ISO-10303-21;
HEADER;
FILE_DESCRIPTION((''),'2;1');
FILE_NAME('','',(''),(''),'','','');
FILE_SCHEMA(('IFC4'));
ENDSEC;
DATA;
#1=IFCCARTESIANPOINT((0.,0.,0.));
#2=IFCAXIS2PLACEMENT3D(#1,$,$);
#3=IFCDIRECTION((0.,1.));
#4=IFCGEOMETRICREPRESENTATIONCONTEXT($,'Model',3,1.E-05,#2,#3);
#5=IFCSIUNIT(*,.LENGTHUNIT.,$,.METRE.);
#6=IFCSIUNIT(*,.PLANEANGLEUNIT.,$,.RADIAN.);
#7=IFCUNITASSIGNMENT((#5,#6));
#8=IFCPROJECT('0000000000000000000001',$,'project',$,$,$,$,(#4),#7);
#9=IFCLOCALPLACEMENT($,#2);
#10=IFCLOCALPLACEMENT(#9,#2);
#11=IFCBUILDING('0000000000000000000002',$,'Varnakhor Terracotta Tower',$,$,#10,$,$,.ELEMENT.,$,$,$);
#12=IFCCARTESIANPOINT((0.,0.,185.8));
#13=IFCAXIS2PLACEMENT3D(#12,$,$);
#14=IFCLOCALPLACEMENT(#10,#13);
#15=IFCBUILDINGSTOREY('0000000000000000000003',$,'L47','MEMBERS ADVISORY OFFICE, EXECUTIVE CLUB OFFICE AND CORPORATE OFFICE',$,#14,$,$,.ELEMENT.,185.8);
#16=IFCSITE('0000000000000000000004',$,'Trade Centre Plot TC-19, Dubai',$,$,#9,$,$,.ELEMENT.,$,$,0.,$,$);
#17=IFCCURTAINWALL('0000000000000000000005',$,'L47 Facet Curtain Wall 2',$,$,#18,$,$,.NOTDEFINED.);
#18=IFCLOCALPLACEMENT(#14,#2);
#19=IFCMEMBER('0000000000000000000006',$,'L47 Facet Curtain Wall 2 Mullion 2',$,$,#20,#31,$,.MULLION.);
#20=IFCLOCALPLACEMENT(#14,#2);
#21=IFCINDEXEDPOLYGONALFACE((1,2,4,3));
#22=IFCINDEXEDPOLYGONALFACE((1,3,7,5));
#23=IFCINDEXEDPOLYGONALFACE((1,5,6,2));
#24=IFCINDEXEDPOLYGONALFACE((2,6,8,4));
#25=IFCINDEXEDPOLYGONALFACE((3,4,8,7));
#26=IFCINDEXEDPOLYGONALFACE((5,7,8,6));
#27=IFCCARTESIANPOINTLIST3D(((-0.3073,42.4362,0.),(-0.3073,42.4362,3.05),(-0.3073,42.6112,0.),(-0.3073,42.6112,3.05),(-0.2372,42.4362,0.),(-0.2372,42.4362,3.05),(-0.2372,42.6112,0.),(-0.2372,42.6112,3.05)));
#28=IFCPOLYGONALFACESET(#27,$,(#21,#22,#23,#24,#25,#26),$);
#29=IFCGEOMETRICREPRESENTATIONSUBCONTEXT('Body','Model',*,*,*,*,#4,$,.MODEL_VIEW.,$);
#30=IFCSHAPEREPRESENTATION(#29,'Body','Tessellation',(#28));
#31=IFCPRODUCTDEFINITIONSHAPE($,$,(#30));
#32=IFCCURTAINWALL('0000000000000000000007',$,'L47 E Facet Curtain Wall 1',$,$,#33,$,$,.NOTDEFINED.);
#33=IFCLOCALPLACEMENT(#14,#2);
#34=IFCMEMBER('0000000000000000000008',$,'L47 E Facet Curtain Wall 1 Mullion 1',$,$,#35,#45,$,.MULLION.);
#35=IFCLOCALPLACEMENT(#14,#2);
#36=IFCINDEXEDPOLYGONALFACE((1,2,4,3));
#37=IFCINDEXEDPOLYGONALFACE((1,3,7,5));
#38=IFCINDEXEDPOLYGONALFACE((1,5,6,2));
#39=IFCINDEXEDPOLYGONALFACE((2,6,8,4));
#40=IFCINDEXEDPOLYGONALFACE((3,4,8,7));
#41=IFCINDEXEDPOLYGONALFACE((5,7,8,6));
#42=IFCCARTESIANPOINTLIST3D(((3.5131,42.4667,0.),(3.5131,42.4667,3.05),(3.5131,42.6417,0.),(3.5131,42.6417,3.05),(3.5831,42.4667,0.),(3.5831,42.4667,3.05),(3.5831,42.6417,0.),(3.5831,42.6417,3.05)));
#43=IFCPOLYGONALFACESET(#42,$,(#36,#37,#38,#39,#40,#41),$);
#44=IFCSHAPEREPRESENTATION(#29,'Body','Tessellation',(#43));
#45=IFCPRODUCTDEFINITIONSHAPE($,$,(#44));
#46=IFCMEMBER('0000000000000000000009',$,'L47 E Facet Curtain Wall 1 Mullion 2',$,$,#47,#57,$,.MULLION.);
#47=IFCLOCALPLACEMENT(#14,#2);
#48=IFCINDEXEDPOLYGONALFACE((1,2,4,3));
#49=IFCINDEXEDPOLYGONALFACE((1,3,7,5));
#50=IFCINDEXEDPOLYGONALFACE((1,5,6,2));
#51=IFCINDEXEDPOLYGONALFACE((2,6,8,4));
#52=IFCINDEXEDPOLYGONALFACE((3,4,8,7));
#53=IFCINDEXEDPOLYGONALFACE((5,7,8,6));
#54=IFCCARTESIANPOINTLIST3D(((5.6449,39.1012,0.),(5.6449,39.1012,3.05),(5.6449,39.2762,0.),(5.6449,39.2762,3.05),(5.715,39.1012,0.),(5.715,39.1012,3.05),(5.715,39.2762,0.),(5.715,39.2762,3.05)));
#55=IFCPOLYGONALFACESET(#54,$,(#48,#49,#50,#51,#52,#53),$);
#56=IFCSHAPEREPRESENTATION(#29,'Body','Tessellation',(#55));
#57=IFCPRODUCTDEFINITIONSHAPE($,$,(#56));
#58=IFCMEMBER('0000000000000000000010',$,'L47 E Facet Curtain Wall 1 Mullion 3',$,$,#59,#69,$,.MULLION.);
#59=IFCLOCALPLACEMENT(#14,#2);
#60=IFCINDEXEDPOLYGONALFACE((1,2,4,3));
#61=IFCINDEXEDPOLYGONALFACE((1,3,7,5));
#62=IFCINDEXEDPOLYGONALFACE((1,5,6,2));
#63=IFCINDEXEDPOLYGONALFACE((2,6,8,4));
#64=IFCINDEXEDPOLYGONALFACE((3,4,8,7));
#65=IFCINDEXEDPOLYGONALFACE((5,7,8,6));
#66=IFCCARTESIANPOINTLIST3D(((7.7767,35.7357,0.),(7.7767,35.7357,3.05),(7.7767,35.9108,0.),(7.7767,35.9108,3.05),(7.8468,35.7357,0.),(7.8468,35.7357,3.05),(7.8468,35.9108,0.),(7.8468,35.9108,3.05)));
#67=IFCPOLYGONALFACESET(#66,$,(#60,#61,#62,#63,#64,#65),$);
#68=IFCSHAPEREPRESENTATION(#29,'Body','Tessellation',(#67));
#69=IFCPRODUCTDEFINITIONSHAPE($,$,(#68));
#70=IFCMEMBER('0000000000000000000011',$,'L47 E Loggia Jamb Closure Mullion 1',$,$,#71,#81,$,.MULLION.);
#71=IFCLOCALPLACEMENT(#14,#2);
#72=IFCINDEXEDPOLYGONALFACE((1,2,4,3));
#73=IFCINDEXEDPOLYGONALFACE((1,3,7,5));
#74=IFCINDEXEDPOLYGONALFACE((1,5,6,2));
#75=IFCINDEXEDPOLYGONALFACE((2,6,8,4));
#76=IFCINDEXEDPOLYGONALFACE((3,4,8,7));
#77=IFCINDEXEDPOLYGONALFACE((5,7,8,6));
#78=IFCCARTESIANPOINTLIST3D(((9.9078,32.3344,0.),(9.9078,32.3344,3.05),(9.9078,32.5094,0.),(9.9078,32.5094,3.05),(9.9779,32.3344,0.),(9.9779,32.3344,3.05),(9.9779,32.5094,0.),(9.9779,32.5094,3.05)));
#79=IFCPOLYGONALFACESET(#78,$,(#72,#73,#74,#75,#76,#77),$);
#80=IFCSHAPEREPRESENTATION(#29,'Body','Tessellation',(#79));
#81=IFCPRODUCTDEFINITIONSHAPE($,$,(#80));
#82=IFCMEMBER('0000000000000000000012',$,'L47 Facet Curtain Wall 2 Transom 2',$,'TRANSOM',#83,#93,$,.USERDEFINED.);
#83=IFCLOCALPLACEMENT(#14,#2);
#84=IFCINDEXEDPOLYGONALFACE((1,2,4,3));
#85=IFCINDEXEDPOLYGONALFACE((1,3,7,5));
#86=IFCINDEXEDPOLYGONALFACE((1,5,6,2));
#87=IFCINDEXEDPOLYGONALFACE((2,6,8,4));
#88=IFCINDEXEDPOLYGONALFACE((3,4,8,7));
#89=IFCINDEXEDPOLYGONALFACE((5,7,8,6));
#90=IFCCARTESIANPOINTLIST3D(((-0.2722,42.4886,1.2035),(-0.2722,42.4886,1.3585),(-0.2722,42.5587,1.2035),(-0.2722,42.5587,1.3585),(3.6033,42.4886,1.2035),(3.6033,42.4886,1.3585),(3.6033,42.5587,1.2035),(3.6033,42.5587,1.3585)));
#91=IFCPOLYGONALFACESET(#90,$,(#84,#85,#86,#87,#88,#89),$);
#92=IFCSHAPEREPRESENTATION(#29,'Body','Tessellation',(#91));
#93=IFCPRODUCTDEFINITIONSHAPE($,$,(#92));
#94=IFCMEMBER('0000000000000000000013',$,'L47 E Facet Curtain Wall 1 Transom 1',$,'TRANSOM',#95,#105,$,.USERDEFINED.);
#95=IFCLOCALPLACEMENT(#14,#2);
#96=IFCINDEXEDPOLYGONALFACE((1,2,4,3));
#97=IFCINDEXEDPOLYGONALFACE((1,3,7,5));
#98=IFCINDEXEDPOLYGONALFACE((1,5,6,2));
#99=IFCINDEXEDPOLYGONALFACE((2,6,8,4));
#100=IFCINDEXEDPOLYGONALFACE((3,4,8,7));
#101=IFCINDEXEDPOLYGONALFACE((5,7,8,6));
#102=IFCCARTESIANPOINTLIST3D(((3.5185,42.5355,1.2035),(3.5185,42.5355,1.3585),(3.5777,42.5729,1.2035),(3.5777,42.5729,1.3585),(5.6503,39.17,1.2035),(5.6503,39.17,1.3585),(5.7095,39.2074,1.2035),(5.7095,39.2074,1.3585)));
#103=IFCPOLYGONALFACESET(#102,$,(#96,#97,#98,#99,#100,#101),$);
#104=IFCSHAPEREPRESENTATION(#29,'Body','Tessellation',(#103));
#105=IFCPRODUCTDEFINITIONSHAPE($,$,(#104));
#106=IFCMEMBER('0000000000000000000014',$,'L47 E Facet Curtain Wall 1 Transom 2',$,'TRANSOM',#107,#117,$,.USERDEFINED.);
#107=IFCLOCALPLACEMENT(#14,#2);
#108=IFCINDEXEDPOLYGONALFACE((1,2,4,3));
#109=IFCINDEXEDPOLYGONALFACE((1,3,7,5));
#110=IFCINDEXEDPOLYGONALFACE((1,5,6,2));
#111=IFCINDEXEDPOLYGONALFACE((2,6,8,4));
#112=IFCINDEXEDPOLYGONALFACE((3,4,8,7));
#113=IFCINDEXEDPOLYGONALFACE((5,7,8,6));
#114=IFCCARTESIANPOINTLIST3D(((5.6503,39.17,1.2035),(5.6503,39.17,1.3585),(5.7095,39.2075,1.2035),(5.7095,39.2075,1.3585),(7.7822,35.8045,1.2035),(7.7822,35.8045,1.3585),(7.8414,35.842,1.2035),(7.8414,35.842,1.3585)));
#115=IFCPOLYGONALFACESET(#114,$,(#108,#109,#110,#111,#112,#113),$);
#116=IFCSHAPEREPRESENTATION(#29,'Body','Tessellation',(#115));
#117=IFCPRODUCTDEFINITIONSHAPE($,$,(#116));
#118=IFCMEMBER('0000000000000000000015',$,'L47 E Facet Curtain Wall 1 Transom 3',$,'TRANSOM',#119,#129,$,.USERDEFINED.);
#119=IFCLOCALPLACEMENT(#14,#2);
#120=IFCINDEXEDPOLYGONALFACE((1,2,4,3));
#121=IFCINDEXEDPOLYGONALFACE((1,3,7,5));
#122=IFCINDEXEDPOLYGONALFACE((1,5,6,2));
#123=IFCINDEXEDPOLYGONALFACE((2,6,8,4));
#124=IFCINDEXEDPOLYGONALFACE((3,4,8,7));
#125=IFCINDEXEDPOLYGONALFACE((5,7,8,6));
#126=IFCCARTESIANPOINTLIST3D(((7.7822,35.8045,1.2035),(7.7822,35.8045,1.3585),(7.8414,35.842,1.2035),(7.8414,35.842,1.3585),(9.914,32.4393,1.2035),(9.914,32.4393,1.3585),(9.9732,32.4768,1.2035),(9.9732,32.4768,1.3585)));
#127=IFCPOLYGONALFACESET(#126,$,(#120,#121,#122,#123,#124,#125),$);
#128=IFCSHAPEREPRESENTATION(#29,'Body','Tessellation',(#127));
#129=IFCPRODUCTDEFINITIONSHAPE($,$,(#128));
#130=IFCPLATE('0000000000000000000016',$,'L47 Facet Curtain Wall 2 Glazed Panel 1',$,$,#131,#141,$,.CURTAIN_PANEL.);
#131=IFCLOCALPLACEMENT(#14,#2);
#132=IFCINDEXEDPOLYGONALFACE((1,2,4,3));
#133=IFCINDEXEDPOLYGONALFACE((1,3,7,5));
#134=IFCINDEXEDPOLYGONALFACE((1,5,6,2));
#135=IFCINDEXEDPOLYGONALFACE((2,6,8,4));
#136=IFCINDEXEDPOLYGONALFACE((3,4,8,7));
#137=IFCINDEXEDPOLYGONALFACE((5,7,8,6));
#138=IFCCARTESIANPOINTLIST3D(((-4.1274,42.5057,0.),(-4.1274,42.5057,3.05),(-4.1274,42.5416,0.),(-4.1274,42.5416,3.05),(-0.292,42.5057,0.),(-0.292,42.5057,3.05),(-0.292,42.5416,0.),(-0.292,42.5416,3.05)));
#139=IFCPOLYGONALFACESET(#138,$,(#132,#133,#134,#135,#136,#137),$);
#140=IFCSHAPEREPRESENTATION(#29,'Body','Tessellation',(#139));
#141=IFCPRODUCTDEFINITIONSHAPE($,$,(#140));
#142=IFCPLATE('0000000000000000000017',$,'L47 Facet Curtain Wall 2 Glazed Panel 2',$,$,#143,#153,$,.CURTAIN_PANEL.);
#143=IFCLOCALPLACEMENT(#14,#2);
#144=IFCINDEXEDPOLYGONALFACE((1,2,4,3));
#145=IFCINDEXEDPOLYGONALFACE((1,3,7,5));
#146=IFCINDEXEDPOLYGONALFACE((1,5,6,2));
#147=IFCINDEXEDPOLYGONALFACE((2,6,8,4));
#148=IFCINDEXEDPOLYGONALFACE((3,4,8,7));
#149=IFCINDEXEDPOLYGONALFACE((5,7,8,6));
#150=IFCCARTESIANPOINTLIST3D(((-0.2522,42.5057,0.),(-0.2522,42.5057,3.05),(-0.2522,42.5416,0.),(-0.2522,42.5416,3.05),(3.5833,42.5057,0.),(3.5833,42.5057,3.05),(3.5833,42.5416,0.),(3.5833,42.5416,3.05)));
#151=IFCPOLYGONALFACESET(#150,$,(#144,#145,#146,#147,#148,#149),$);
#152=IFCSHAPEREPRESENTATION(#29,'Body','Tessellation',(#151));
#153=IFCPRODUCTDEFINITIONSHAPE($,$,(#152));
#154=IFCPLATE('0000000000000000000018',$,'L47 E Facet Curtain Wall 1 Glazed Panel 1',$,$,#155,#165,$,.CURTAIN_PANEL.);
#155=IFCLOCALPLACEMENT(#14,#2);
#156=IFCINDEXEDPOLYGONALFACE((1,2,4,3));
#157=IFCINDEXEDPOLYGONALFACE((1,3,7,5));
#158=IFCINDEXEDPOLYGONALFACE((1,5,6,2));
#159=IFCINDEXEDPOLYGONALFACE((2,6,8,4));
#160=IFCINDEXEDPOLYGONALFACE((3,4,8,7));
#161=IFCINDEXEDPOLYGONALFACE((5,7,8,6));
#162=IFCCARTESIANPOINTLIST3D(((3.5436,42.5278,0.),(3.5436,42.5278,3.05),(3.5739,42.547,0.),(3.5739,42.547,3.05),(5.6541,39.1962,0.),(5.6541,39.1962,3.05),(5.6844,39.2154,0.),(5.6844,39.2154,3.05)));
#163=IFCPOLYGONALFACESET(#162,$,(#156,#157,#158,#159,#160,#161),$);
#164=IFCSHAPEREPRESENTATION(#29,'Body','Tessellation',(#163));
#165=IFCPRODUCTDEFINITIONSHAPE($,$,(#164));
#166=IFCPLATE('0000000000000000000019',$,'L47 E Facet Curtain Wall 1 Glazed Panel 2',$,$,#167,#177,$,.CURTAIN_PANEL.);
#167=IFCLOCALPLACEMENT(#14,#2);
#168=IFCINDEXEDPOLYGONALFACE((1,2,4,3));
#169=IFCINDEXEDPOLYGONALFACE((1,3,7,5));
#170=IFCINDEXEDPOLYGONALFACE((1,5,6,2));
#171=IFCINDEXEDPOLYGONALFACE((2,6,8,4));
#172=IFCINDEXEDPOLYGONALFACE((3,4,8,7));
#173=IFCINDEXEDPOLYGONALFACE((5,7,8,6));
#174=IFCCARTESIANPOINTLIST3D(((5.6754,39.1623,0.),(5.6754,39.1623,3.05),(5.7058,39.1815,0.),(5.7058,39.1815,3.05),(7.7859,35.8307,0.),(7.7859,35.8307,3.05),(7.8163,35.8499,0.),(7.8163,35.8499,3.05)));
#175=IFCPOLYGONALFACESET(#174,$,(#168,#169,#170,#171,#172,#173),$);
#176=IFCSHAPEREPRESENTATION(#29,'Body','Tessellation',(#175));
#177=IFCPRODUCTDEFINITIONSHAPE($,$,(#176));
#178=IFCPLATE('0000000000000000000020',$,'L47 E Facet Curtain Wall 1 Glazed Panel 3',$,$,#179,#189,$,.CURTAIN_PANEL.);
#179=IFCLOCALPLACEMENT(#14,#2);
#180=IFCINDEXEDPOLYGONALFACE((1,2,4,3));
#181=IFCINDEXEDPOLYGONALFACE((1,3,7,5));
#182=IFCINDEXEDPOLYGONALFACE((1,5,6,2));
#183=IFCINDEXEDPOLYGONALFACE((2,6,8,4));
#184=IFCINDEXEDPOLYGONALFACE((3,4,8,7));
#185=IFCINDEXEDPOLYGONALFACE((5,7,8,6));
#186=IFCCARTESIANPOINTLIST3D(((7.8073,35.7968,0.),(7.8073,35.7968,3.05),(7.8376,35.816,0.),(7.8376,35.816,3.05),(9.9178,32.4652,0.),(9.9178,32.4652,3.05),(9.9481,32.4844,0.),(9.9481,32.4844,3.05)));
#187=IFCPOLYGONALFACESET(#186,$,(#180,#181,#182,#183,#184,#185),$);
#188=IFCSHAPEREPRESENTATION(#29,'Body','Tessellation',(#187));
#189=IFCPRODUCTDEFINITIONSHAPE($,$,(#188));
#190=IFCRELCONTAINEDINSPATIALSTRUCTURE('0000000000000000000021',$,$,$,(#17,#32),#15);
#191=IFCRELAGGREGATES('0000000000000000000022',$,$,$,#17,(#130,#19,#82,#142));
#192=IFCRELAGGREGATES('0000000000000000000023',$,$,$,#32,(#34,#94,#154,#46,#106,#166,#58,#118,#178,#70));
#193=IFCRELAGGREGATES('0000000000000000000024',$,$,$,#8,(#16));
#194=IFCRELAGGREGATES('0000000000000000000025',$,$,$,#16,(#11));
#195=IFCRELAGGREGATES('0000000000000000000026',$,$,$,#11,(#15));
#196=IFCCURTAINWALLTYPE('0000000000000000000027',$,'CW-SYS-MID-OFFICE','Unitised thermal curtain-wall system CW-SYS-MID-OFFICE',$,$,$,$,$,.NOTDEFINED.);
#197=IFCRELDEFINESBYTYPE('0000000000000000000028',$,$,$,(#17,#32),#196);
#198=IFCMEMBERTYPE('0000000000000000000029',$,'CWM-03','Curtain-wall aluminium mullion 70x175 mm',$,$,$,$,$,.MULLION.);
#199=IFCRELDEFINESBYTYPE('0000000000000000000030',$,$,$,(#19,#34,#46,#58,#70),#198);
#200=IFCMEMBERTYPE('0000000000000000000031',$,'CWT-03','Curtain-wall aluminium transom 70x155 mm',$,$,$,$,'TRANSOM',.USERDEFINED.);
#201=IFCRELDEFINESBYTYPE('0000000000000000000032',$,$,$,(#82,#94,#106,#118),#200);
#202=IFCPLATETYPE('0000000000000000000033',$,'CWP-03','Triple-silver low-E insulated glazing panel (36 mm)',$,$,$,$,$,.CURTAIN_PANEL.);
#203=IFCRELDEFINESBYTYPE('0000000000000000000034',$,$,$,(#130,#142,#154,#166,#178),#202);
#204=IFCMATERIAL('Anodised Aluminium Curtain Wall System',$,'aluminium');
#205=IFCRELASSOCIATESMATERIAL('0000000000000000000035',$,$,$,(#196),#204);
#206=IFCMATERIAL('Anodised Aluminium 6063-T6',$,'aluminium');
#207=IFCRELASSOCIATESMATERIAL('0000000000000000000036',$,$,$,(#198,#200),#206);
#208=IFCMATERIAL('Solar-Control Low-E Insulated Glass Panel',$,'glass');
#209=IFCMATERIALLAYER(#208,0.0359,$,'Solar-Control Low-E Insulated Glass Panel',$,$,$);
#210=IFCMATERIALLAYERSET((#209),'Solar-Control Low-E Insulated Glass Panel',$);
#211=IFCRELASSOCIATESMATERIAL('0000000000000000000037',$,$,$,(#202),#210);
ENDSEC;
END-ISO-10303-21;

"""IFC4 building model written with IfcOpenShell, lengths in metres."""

from ifc_helpers import new_model, si_unit, direction, frame, origin, origin_2d, place, context, subcontext, project, spatial, rectangle, extrude, source, transform, mapped, material, layer, layer_set, material_profile, profile_set, type_object, element, aggregate, save


model = new_model("IFC4")

# Units and contexts
model_context = context("Model", 3, precision=1e-05, world=origin(), true_north=direction((0.0, 1.0)))
body_context = subcontext(model_context, "Body", "Model", "MODEL_VIEW")
ifc_project = project(units=[si_unit("LENGTHUNIT", "METRE"), si_unit("PLANEANGLEUNIT", "RADIAN")], contexts=[model_context])

# Site, building, storey
site_placement = place(None, origin())
site = spatial("IfcSite", under=ifc_project, at=site_placement, Name="Trade Centre Plot TC-19, Dubai", CompositionType="ELEMENT", RefElevation=0.0)
building_placement = place(site_placement, origin())
building = spatial("IfcBuilding", under=site, at=building_placement, Name="Varnakhor Terracotta Tower", CompositionType="ELEMENT")
storey_placement = place(building_placement, frame((0.0, 0.0, 185.8)))
storey = spatial("IfcBuildingStorey", under=building, at=storey_placement, Name="L47", Description="MEMBERS ADVISORY OFFICE, EXECUTIVE CLUB OFFICE AND CORPORATE OFFICE", CompositionType="ELEMENT", Elevation=185.8)

# Curtain wall, member
ifc_material_1 = material(Name="Anodised Aluminium Curtain Wall System", Category="aluminium")
curtain_wall_type = type_object("IfcCurtainWallType", Name="CW-SYS-MID-OFFICE", Description="Unitised thermal curtain-wall system CW-SYS-MID-OFFICE", PredefinedType="NOTDEFINED", material=ifc_material_1)
curtain_wall_1_placement = place(storey_placement, origin())
curtain_wall_1 = element("IfcCurtainWall", 1, at=curtain_wall_1_placement, inside=storey, type_object=curtain_wall_type, Name="L47 Facet Curtain Wall 2", PredefinedType="NOTDEFINED")
ifc_material_2 = material(Name="Anodised Aluminium 6063-T6", Category="aluminium")
ifc_material_profile_1 = material_profile(ifc_material_2, rectangle(XDim=0.0701, YDim=0.175, at=origin_2d()), Name="ALU MULLION 70x175")
ifc_profile_set_1 = profile_set([ifc_material_profile_1], Name="Anodised Aluminium 6063-T6")
member_type_1 = type_object("IfcMemberType", Name="CWM-03", Description="Curtain-wall aluminium mullion 70x175 mm", PredefinedType="MULLION", material=ifc_profile_set_1)
shared_shape_1 = source(origin(), body_context, "Body", "SweptSolid", [
    extrude(rectangle(XDim=0.0701, YDim=0.175, at=origin_2d()), origin(), (0.0, 0.0, 1.0), 3.05),
])
member_1_placement = place(storey_placement, frame((-0.2722, 42.5237, 0.0), z_axis=(0.0, 0.0, 1.0), x_axis=(1.0, 0.0, 0.0)))
member_1 = element("IfcMember", 2, at=member_1_placement, type_object=member_type_1, Name="L47 Facet Curtain Wall 2 Mullion 2", PredefinedType="MULLION", context=body_context, shape_type="MappedRepresentation", body=[
    mapped(shared_shape_1, transform((0.0, 0.0, 0.0), scale=1.0)),
])

# Curtain wall, members
curtain_wall_2_placement = place(storey_placement, origin())
curtain_wall_2 = element("IfcCurtainWall", 3, at=curtain_wall_2_placement, inside=storey, type_object=curtain_wall_type, Name="L47 E Facet Curtain Wall 1", PredefinedType="NOTDEFINED")
member_2_placement = place(storey_placement, frame((3.5481, 42.5542, 0.0), z_axis=(0.0, 0.0, 1.0), x_axis=(1.0, 0.0, 0.0)))
member_2 = element("IfcMember", 4, at=member_2_placement, type_object=member_type_1, Name="L47 E Facet Curtain Wall 1 Mullion 1", PredefinedType="MULLION", context=body_context, shape_type="MappedRepresentation", body=[
    mapped(shared_shape_1, transform((0.0, 0.0, 0.0), scale=1.0)),
])
member_3_placement = place(storey_placement, frame((5.6799, 39.1887, 0.0), z_axis=(0.0, 0.0, 1.0), x_axis=(1.0, 0.0, 0.0)))
member_3 = element("IfcMember", 5, at=member_3_placement, type_object=member_type_1, Name="L47 E Facet Curtain Wall 1 Mullion 2", PredefinedType="MULLION", context=body_context, shape_type="MappedRepresentation", body=[
    mapped(shared_shape_1, transform((0.0, 0.0, 0.0), scale=1.0)),
])
member_4_placement = place(storey_placement, frame((7.8118, 35.8232, 0.0), z_axis=(0.0, 0.0, 1.0), x_axis=(1.0, 0.0, 0.0)))
member_4 = element("IfcMember", 6, at=member_4_placement, type_object=member_type_1, Name="L47 E Facet Curtain Wall 1 Mullion 3", PredefinedType="MULLION", context=body_context, shape_type="MappedRepresentation", body=[
    mapped(shared_shape_1, transform((0.0, 0.0, 0.0), scale=1.0)),
])
member_5_placement = place(storey_placement, frame((9.9429, 32.4219, 0.0), z_axis=(0.0, 0.0, 1.0), x_axis=(1.0, 0.0, 0.0)))
member_5 = element("IfcMember", 7, at=member_5_placement, type_object=member_type_1, Name="L47 E Loggia Jamb Closure Mullion 1", PredefinedType="MULLION", context=body_context, shape_type="MappedRepresentation", body=[
    mapped(shared_shape_1, transform((0.0, 0.0, 0.0), scale=1.0)),
])

# Members
ifc_material_profile_2 = material_profile(ifc_material_2, rectangle(XDim=0.0701, YDim=0.155, at=origin_2d()), Name="ALU TRANSOM 70x155")
ifc_profile_set_2 = profile_set([ifc_material_profile_2], Name="Anodised Aluminium 6063-T6")
member_type_2 = type_object("IfcMemberType", Name="CWT-03", Description="Curtain-wall aluminium transom 70x155 mm", ElementType="TRANSOM", PredefinedType="USERDEFINED", material=ifc_profile_set_2)
shared_shape_2 = source(origin(), body_context, "Body", "SweptSolid", [
    extrude(rectangle(XDim=0.0701, YDim=0.155, at=origin_2d()), origin(), (0.0, 0.0, 1.0), 3.8755),
])
member_6_placement = place(storey_placement, frame((-0.2722, 42.5237, 1.281), z_axis=(1.0, 0.0, 0.0), x_axis=(0.0, 1.0, 0.0)))
member_6 = element("IfcMember", 8, at=member_6_placement, type_object=member_type_2, Name="L47 Facet Curtain Wall 2 Transom 2", ObjectType="TRANSOM", PredefinedType="USERDEFINED", context=body_context, shape_type="MappedRepresentation", body=[
    mapped(shared_shape_2, transform((0.0, 0.0, 0.0), scale=1.0)),
])
shared_shape_3 = source(origin(), body_context, "Body", "SweptSolid", [
    extrude(rectangle(XDim=0.0701, YDim=0.155, at=origin_2d()), origin(), (0.0, 0.0, 1.0), 3.9839),
])
member_7_placement = place(storey_placement, frame((3.5481, 42.5542, 1.281), z_axis=(0.535118, -0.844778, 0.0), x_axis=(0.844778, 0.535118, 0.0)))
member_7 = element("IfcMember", 9, at=member_7_placement, type_object=member_type_2, Name="L47 E Facet Curtain Wall 1 Transom 1", ObjectType="TRANSOM", PredefinedType="USERDEFINED", context=body_context, shape_type="MappedRepresentation", body=[
    mapped(shared_shape_3, transform((0.0, 0.0, 0.0), scale=1.0)),
])
member_8_placement = place(storey_placement, frame((5.6799, 39.1887, 1.281), z_axis=(0.535118, -0.844778, 0.0), x_axis=(0.844778, 0.535118, 0.0)))
member_8 = element("IfcMember", 10, at=member_8_placement, type_object=member_type_2, Name="L47 E Facet Curtain Wall 1 Transom 2", ObjectType="TRANSOM", PredefinedType="USERDEFINED", context=body_context, shape_type="MappedRepresentation", body=[
    mapped(shared_shape_3, transform((0.0, 0.0, 0.0), scale=1.0)),
])
shared_shape_4 = source(origin(), body_context, "Body", "SweptSolid", [
    extrude(rectangle(XDim=0.0701, YDim=0.155, at=origin_2d()), origin(), (0.0, 0.0, 1.0), 3.9836),
])
member_9_placement = place(storey_placement, frame((7.8118, 35.8232, 1.281), z_axis=(0.535145, -0.84476, 0.0), x_axis=(0.84476, 0.535145, 0.0)))
member_9 = element("IfcMember", 11, at=member_9_placement, type_object=member_type_2, Name="L47 E Facet Curtain Wall 1 Transom 3", ObjectType="TRANSOM", PredefinedType="USERDEFINED", context=body_context, shape_type="MappedRepresentation", body=[
    mapped(shared_shape_4, transform((0.0, 0.0, 0.0), scale=1.0)),
])

# Plates
ifc_material_3 = material(Name="Solar-Control Low-E Insulated Glass Panel", Category="glass")
ifc_layer_1 = layer(ifc_material_3, 0.0359, Name="Solar-Control Low-E Insulated Glass Panel")
ifc_layer_set_1 = layer_set([ifc_layer_1], Name="Solar-Control Low-E Insulated Glass Panel")
plate_type = type_object("IfcPlateType", Name="CWP-03", Description="Triple-silver low-E insulated glazing panel (36 mm)", PredefinedType="CURTAIN_PANEL", material=ifc_layer_set_1)
shared_shape_5 = source(origin(), body_context, "Body", "SweptSolid", [
    extrude(rectangle(XDim=3.8354, YDim=0.0359, at=origin_2d()), origin(), (0.0, 0.0, 1.0), 3.05),
])
plate_1_placement = place(storey_placement, frame((-2.2097, 42.5237, 0.0), z_axis=(0.0, 0.0, 1.0), x_axis=(1.0, 0.0, 0.0)))
plate_1 = element("IfcPlate", 12, at=plate_1_placement, type_object=plate_type, Name="L47 Facet Curtain Wall 2 Glazed Panel 1", PredefinedType="CURTAIN_PANEL", context=body_context, shape_type="MappedRepresentation", body=[
    mapped(shared_shape_5, transform((0.0, 0.0, 0.0), scale=1.0)),
])
plate_2_placement = place(storey_placement, frame((1.6655, 42.5237, 0.0), z_axis=(0.0, 0.0, 1.0), x_axis=(1.0, 0.0, 0.0)))
plate_2 = element("IfcPlate", 13, at=plate_2_placement, type_object=plate_type, Name="L47 Facet Curtain Wall 2 Glazed Panel 2", PredefinedType="CURTAIN_PANEL", context=body_context, shape_type="MappedRepresentation", body=[
    mapped(shared_shape_5, transform((0.0, 0.0, 0.0), scale=1.0)),
])
aggregate(curtain_wall_1, [plate_1, member_1, member_6, plate_2])
shared_shape_6 = source(origin(), body_context, "Body", "SweptSolid", [
    extrude(rectangle(XDim=3.9438, YDim=0.0359, at=origin_2d()), origin(), (0.0, 0.0, 1.0), 3.05),
])
plate_3_placement = place(storey_placement, frame((4.614, 40.8716, 0.0), z_axis=(0.0, 0.0, 1.0), x_axis=(0.535134, -0.844767, 0.0)))
plate_3 = element("IfcPlate", 14, at=plate_3_placement, type_object=plate_type, Name="L47 E Facet Curtain Wall 1 Glazed Panel 1", PredefinedType="CURTAIN_PANEL", context=body_context, shape_type="MappedRepresentation", body=[
    mapped(shared_shape_6, transform((0.0, 0.0, 0.0), scale=1.0)),
])
plate_4_placement = place(storey_placement, frame((6.7458, 37.5061, 0.0), z_axis=(0.0, 0.0, 1.0), x_axis=(0.535134, -0.844767, 0.0)))
plate_4 = element("IfcPlate", 15, at=plate_4_placement, type_object=plate_type, Name="L47 E Facet Curtain Wall 1 Glazed Panel 2", PredefinedType="CURTAIN_PANEL", context=body_context, shape_type="MappedRepresentation", body=[
    mapped(shared_shape_6, transform((0.0, 0.0, 0.0), scale=1.0)),
])
plate_5_placement = place(storey_placement, frame((8.8777, 34.1406, 0.0), z_axis=(0.0, 0.0, 1.0), x_axis=(0.535134, -0.844767, 0.0)))
plate_5 = element("IfcPlate", 16, at=plate_5_placement, type_object=plate_type, Name="L47 E Facet Curtain Wall 1 Glazed Panel 3", PredefinedType="CURTAIN_PANEL", context=body_context, shape_type="MappedRepresentation", body=[
    mapped(shared_shape_6, transform((0.0, 0.0, 0.0), scale=1.0)),
])
aggregate(curtain_wall_2, [member_2, member_7, plate_3, member_3, member_8, plate_4, member_4, member_9, plate_5, member_5])

save(model, "model.ifc")
